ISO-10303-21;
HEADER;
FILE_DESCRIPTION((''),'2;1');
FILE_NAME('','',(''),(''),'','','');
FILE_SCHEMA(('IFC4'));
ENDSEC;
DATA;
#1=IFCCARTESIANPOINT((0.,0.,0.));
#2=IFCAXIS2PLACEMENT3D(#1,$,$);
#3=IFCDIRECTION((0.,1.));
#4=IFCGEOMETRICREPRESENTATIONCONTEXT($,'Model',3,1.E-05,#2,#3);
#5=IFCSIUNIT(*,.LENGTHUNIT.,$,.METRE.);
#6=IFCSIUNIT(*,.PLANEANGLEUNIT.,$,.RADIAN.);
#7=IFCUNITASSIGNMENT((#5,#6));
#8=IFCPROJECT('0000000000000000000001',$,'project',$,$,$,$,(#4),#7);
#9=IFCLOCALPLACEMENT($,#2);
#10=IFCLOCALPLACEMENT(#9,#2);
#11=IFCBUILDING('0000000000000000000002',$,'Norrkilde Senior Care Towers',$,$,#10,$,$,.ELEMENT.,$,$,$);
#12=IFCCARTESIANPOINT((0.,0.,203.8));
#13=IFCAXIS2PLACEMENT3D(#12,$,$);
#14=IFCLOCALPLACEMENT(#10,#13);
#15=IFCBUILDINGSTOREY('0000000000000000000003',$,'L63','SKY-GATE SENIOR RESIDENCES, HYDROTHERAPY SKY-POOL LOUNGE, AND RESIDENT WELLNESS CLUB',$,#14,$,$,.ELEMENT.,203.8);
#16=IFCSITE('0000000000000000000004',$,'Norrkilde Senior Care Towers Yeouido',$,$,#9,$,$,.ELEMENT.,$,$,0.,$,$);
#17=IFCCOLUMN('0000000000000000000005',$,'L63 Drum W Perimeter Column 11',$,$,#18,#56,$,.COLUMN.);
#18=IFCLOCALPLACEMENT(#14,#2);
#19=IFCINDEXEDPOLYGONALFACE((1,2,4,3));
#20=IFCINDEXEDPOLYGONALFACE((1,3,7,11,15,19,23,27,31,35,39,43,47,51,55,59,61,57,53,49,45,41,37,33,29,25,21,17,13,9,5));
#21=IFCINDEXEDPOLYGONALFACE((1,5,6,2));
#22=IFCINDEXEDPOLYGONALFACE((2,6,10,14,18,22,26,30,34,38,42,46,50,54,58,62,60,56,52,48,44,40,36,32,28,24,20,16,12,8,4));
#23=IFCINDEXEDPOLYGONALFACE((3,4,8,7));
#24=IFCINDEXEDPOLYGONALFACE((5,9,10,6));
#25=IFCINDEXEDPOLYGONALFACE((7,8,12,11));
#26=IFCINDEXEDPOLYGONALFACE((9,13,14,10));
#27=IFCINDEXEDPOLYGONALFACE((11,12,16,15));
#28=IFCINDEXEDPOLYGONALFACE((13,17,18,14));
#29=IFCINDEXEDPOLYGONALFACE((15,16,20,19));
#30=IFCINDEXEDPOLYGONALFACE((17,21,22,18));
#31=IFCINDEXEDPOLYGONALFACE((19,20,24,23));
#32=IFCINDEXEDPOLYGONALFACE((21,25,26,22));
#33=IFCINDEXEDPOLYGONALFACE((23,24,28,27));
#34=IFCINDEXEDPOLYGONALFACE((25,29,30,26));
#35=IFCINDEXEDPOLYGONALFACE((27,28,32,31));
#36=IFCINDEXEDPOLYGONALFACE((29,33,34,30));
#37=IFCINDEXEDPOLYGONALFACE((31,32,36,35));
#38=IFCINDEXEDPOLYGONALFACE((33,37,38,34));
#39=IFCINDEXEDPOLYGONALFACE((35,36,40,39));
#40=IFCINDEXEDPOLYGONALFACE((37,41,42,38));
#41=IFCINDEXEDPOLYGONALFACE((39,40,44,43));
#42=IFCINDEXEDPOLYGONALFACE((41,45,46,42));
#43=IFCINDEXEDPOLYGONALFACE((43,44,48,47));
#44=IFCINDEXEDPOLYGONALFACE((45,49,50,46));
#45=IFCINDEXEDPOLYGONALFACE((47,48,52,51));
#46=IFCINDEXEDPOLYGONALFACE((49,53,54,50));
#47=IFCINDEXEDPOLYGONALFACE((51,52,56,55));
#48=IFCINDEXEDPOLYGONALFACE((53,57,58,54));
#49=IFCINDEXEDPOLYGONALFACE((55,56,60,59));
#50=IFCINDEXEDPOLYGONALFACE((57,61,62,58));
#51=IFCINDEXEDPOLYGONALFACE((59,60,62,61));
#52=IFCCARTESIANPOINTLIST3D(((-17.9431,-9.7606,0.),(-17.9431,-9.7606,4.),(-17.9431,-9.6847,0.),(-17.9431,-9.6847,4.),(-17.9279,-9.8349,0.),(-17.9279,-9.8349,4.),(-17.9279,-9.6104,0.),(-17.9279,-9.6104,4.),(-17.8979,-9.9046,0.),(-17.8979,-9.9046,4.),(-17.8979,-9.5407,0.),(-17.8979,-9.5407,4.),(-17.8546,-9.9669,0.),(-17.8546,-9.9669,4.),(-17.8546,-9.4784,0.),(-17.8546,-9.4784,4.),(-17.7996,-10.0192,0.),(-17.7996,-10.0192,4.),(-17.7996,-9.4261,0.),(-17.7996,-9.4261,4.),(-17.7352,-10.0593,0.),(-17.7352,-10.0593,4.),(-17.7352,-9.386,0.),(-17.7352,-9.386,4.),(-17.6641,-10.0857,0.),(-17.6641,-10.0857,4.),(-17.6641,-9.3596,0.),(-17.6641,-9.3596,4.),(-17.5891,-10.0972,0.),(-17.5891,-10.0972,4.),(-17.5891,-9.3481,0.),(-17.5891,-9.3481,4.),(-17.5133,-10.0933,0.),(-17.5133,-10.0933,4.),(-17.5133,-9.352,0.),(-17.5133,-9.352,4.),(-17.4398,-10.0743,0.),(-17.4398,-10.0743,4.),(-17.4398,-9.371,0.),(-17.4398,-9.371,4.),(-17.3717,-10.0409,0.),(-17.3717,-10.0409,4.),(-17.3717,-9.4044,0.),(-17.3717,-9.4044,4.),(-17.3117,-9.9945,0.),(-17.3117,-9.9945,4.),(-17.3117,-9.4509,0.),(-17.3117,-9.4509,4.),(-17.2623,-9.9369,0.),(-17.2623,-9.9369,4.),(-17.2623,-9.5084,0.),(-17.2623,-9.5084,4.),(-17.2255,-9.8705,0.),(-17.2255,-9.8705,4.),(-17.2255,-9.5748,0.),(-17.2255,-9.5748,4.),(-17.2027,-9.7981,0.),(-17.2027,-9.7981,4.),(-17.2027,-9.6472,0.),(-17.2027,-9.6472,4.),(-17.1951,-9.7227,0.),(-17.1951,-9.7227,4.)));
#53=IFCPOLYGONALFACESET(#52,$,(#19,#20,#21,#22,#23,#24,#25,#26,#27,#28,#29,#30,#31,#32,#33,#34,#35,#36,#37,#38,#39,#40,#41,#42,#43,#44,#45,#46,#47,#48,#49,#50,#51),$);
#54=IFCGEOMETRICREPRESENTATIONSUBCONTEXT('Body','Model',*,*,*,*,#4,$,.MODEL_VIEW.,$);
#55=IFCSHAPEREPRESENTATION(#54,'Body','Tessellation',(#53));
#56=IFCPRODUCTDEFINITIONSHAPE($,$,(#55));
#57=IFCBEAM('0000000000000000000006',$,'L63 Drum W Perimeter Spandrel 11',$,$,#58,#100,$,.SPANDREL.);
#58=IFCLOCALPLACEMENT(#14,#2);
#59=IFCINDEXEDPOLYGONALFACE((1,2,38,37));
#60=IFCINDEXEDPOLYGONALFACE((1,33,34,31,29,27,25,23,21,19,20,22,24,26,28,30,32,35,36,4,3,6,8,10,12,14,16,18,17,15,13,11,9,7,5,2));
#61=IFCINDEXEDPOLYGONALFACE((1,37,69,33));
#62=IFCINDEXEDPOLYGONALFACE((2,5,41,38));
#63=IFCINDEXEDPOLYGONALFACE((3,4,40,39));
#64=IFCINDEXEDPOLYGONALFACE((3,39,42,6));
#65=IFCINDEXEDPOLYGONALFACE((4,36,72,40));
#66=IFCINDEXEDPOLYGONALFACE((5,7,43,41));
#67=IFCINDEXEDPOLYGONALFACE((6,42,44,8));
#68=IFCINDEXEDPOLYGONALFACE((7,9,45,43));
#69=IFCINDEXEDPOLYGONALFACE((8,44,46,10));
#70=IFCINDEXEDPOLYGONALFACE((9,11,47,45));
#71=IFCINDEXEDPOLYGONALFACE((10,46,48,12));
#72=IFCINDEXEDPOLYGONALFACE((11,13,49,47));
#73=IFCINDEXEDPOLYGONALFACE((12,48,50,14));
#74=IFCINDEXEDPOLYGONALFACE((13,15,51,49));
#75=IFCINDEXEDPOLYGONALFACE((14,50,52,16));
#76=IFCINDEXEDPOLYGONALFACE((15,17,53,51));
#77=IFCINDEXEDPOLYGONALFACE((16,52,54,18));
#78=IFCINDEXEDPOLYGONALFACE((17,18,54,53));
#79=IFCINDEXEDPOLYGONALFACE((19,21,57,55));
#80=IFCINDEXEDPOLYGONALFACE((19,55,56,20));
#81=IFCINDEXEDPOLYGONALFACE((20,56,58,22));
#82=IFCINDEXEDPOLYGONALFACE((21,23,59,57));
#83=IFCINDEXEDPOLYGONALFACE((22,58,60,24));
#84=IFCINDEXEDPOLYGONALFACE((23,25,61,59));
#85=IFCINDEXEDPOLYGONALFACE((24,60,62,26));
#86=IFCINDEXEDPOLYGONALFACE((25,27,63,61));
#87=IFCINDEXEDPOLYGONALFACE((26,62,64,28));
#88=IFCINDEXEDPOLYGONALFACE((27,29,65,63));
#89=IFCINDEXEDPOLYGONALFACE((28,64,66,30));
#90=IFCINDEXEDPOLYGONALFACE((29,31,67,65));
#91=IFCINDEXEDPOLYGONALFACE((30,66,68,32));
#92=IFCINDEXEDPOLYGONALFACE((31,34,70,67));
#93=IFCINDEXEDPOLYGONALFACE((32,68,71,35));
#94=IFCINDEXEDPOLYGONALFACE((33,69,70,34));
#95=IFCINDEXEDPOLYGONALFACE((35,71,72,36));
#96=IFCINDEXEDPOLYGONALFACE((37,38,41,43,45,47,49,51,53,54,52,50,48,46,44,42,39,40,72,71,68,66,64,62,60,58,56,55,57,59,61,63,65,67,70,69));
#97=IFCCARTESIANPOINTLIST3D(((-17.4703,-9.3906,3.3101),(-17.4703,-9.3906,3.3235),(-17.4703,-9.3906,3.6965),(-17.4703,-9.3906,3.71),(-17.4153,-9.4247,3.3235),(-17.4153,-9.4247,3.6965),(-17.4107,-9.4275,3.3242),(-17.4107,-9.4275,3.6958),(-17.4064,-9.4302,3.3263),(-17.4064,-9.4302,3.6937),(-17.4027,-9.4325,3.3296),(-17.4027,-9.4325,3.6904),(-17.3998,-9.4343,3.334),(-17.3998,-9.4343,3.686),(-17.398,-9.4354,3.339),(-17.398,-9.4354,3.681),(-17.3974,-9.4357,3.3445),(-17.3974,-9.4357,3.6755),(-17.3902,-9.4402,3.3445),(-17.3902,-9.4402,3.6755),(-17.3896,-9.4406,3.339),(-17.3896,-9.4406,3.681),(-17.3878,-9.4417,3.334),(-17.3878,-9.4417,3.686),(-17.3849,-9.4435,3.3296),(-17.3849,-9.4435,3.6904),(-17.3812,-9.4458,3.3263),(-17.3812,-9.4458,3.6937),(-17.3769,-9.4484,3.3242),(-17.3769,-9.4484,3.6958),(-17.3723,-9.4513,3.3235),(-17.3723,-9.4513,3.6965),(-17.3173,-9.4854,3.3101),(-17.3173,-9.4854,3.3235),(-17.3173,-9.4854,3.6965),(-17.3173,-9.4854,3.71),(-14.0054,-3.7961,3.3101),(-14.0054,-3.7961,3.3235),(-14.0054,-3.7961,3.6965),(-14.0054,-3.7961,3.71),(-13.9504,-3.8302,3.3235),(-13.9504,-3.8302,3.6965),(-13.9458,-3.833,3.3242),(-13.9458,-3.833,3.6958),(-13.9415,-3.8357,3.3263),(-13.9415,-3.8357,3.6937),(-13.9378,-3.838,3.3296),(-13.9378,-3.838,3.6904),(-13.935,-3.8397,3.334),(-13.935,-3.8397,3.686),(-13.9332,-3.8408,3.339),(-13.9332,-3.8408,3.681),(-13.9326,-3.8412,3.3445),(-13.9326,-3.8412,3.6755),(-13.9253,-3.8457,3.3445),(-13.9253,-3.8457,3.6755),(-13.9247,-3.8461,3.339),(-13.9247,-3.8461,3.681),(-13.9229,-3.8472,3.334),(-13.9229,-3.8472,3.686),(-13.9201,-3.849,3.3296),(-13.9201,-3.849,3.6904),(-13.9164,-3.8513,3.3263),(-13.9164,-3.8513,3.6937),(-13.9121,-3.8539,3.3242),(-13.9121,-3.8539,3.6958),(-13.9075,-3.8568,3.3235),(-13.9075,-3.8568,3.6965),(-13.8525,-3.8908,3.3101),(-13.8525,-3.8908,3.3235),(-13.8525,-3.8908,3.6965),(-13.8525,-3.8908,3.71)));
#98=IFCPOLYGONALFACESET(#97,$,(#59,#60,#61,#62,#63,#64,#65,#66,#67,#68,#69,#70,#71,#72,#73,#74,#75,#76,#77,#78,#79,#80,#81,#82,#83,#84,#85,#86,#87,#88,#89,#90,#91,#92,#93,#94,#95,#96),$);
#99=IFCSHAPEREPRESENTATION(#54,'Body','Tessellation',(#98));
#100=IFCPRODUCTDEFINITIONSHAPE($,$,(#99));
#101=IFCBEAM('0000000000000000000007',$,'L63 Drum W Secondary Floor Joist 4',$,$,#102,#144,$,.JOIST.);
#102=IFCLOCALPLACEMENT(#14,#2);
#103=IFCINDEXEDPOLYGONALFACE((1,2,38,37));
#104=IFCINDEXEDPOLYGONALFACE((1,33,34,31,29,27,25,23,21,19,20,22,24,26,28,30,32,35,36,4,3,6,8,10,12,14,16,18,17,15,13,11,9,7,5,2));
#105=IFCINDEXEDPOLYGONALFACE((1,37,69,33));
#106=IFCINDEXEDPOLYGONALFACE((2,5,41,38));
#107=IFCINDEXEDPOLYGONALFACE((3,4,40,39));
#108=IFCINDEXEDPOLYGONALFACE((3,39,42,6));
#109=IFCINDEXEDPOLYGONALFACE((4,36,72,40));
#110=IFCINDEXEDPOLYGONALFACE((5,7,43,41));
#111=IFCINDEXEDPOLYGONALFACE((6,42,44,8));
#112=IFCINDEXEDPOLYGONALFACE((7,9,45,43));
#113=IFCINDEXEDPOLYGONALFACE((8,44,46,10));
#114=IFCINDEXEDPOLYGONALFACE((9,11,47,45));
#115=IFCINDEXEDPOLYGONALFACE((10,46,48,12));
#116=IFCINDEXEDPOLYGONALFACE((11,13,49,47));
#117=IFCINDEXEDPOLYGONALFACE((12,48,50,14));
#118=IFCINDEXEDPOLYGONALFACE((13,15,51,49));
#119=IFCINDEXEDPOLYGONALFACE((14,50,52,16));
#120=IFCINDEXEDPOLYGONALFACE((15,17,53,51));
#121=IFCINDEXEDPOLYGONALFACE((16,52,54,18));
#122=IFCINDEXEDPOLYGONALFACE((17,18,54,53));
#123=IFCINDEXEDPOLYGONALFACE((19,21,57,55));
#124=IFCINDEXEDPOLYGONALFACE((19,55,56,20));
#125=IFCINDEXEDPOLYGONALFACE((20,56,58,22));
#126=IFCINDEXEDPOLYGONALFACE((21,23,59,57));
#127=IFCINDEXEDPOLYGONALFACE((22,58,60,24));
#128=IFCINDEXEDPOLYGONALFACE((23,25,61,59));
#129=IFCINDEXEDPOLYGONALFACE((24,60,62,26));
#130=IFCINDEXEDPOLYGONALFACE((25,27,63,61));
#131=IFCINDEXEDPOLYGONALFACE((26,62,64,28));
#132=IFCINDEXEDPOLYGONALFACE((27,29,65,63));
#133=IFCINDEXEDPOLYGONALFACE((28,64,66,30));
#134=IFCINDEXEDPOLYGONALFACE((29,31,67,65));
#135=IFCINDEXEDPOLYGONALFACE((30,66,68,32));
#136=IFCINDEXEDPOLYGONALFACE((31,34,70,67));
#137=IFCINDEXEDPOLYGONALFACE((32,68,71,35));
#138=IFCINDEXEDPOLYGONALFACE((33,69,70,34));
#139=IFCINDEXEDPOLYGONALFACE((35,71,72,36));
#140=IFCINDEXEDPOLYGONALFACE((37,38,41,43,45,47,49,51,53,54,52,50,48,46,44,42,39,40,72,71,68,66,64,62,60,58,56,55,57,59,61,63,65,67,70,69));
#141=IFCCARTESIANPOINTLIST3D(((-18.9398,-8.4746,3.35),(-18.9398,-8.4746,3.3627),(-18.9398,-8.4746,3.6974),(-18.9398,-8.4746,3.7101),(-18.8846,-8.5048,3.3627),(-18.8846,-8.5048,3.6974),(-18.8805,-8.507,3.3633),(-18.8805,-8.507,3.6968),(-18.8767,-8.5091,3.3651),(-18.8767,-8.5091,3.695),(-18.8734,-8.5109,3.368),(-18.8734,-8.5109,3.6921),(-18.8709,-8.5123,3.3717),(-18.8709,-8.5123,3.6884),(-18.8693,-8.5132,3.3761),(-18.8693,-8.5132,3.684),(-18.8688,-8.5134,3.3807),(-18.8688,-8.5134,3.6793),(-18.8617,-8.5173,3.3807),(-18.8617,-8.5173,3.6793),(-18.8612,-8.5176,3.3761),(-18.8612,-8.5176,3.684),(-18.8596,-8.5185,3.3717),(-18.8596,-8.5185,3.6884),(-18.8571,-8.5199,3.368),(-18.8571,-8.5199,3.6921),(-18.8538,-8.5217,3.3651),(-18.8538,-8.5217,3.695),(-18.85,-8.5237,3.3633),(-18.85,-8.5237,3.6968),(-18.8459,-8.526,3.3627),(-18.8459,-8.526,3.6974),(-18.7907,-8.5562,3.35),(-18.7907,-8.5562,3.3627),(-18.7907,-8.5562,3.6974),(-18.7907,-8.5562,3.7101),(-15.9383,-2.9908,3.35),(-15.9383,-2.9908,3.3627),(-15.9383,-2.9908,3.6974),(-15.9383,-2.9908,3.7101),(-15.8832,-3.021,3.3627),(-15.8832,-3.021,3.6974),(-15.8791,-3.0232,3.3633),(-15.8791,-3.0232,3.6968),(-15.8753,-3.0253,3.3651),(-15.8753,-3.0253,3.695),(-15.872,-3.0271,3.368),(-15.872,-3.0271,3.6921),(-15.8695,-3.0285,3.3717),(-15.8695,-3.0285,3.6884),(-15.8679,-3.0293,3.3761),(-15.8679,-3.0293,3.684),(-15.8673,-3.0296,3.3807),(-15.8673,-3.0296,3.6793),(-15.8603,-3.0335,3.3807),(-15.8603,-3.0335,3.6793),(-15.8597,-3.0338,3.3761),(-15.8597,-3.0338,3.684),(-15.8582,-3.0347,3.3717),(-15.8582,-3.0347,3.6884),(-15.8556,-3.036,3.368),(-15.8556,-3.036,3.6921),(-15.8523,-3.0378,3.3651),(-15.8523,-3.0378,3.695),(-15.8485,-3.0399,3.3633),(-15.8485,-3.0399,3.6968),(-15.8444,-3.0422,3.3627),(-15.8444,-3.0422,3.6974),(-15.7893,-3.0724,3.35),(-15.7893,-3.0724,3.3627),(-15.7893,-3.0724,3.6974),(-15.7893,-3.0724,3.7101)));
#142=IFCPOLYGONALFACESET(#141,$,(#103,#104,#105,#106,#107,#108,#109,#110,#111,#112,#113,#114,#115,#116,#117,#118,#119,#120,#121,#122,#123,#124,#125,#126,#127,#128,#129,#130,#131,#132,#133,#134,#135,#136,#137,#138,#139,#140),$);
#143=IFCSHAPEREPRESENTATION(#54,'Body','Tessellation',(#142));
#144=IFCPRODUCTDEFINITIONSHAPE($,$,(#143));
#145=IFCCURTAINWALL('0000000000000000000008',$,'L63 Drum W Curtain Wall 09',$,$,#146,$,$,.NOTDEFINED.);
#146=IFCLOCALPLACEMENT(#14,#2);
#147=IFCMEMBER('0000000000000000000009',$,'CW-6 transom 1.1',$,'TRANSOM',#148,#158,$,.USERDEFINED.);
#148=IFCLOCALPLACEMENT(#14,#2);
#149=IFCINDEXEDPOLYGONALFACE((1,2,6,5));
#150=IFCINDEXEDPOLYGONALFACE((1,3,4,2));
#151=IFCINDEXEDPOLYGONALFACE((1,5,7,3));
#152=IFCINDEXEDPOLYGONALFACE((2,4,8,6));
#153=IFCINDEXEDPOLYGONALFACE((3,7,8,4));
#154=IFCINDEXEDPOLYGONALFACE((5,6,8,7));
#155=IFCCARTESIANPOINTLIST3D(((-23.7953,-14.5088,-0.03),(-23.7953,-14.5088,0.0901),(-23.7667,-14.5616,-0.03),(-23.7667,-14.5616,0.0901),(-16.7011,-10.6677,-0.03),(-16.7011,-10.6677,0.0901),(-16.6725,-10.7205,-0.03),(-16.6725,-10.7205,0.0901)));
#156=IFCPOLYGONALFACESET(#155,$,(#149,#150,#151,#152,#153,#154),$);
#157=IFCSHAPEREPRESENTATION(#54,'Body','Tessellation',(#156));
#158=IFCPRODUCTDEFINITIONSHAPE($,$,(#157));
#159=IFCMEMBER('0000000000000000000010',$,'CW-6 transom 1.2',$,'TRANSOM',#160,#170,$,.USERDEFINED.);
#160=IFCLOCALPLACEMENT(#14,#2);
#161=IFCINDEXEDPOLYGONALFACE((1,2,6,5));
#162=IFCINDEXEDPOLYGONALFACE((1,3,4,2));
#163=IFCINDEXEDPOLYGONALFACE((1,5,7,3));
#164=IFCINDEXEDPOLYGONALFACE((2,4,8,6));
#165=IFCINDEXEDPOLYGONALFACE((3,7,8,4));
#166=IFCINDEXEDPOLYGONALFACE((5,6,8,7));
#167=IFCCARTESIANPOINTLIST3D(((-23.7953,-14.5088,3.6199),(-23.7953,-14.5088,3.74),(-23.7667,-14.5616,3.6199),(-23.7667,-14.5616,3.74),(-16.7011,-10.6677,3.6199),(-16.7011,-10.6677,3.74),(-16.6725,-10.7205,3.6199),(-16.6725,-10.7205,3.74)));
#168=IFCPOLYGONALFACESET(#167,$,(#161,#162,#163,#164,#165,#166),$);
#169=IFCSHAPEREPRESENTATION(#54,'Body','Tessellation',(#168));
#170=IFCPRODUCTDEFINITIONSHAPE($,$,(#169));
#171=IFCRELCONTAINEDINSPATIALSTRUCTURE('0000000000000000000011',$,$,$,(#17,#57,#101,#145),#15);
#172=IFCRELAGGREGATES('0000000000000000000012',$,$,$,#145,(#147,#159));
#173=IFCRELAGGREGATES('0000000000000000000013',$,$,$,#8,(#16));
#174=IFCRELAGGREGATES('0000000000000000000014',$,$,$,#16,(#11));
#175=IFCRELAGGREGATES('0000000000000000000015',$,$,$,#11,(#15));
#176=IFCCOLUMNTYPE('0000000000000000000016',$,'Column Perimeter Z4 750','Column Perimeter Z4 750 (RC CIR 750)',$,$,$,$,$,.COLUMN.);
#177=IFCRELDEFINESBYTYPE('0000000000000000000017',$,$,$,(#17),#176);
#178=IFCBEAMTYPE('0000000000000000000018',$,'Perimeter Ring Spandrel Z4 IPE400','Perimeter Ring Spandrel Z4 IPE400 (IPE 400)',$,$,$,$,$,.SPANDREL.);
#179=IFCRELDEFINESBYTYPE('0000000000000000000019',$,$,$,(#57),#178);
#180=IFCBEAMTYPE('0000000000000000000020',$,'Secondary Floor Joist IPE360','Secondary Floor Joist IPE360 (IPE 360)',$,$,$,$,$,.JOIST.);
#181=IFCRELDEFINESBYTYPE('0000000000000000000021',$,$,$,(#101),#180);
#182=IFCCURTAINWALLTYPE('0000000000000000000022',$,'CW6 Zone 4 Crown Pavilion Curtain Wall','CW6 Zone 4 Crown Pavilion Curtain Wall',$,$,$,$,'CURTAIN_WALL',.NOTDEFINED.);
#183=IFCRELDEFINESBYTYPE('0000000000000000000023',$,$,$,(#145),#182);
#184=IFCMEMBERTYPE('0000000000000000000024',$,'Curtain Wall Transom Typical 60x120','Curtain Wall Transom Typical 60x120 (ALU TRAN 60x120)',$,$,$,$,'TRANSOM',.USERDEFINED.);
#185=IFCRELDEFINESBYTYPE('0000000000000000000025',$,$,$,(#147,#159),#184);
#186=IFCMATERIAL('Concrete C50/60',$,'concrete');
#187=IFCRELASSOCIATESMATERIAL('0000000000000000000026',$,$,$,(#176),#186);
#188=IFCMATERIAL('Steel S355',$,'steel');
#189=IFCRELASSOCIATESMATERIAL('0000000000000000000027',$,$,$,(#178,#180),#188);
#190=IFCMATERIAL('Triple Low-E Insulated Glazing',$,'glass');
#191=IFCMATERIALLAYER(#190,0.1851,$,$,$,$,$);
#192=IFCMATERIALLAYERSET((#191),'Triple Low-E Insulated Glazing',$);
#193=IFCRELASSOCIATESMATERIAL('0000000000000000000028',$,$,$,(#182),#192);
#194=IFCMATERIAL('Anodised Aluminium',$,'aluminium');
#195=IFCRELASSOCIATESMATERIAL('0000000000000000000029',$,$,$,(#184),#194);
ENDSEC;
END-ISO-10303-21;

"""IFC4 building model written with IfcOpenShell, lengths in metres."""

from ifc_helpers import new_model, si_unit, direction, frame, origin, origin_2d, place, context, subcontext, project, spatial, rectangle, circle, i_section, extrude, source, transform, mapped, material, layer, layer_set, material_profile, profile_set, type_object, type_shapes, element, aggregate, save


model = new_model("IFC4")

# Units and contexts
model_context = context("Model", 3, precision=1e-05, world=origin(), true_north=direction((0.0, 1.0)))
body_context = subcontext(model_context, "Body", "Model", "MODEL_VIEW")
ifc_project = project(units=[si_unit("LENGTHUNIT", "METRE"), si_unit("PLANEANGLEUNIT", "RADIAN")], contexts=[model_context])

# Site, building, storey
site_placement = place(None, origin())
site = spatial("IfcSite", under=ifc_project, at=site_placement, Name="Norrkilde Senior Care Towers Yeouido", CompositionType="ELEMENT", RefElevation=0.0)
building_placement = place(site_placement, origin())
building = spatial("IfcBuilding", under=site, at=building_placement, Name="Norrkilde Senior Care Towers", CompositionType="ELEMENT")
storey_placement = place(building_placement, frame((0.0, 0.0, 203.8)))
storey = spatial("IfcBuildingStorey", under=building, at=storey_placement, Name="L63", Description="SKY-GATE SENIOR RESIDENCES, HYDROTHERAPY SKY-POOL LOUNGE, AND RESIDENT WELLNESS CLUB", CompositionType="ELEMENT", Elevation=203.8)

# Column
ifc_material_1 = material(Name="Concrete C50/60", Category="concrete")
ifc_material_profile_1 = material_profile(ifc_material_1, circle(Radius=0.375, at=origin_2d()), Name="RC CIR 750")
ifc_profile_set_1 = profile_set([ifc_material_profile_1], Name="Concrete C50/60")
column_type = type_object("IfcColumnType", Name="Column Perimeter Z4 750", Description="Column Perimeter Z4 750 (RC CIR 750)", PredefinedType="COLUMN", material=ifc_profile_set_1)
shared_shape_1 = source(origin(), body_context, "Body", "SweptSolid", [
    extrude(circle(Radius=0.375, at=origin_2d()), origin(), (0.0, 0.0, 1.0), 4.0),
])
type_shapes(column_type, [shared_shape_1])
column_placement = place(storey_placement, frame((-17.5701, -9.7227, 0.0), z_axis=(0.0, 0.0, 1.0), x_axis=(1.0, 0.0, 0.0)))
element("IfcColumn", 1, at=column_placement, inside=storey, type_object=column_type, Name="L63 Drum W Perimeter Column 11", PredefinedType="COLUMN", context=body_context, shape_type="MappedRepresentation", body=[
    mapped(shared_shape_1, transform((0.0, 0.0, 0.0), x_axis=(1.0, 0.0, 0.0), y_axis=(0.0, 1.0, 0.0), z_axis=(0.0, 0.0, 1.0), scale=1.0)),
])

# Beams
ifc_material_2 = material(Name="Steel S355", Category="steel")
ifc_material_profile_2 = material_profile(ifc_material_2, i_section(OverallWidth=0.1799, OverallDepth=0.3999, WebThickness=0.0085, FlangeThickness=0.0134, FilletRadius=0.021, at=origin_2d()), Name="IPE 400")
ifc_profile_set_2 = profile_set([ifc_material_profile_2], Name="Steel S355")
beam_type_1 = type_object("IfcBeamType", Name="Perimeter Ring Spandrel Z4 IPE400", Description="Perimeter Ring Spandrel Z4 IPE400 (IPE 400)", PredefinedType="SPANDREL", material=ifc_profile_set_2)
shared_shape_2 = source(origin(), body_context, "Body", "SweptSolid", [
    extrude(i_section(OverallWidth=0.1799, OverallDepth=0.3999, WebThickness=0.0085, FlangeThickness=0.0134, FilletRadius=0.021, at=origin_2d()), origin(), (0.0, 0.0, 1.0), 6.5806),
])
type_shapes(beam_type_1, [shared_shape_2])
beam_1_placement = place(storey_placement, frame((-17.3938, -9.438, 3.51), z_axis=(0.52653, 0.850157, 0.0), x_axis=(-0.850157, 0.52653, 0.0)))
element("IfcBeam", 2, at=beam_1_placement, inside=storey, type_object=beam_type_1, Name="L63 Drum W Perimeter Spandrel 11", PredefinedType="SPANDREL", context=body_context, shape_type="MappedRepresentation", body=[
    mapped(shared_shape_2, transform((0.0, 0.0, 0.0), x_axis=(1.0, 0.0, 0.0), y_axis=(0.0, 1.0, 0.0), z_axis=(0.0, 0.0, 1.0), scale=1.0)),
])
ifc_material_profile_3 = material_profile(ifc_material_2, i_section(OverallWidth=0.1699, OverallDepth=0.3601, WebThickness=0.0081, FlangeThickness=0.0127, FilletRadius=0.0181, at=origin_2d()), Name="IPE 360")
ifc_profile_set_3 = profile_set([ifc_material_profile_3], Name="Steel S355")
beam_type_2 = type_object("IfcBeamType", Name="Secondary Floor Joist IPE360", Description="Secondary Floor Joist IPE360 (IPE 360)", PredefinedType="JOIST", material=ifc_profile_set_3)
shared_shape_3 = source(origin(), body_context, "Body", "SweptSolid", [
    extrude(i_section(OverallWidth=0.1699, OverallDepth=0.3601, WebThickness=0.0081, FlangeThickness=0.0127, FilletRadius=0.0181, at=origin_2d()), origin(), (0.0, 0.0, 1.0), 6.2515),
])
type_shapes(beam_type_2, [shared_shape_3])
beam_2_placement = place(storey_placement, frame((-18.8652, -8.5154, 3.53), z_axis=(0.480116, 0.877205, 0.0), x_axis=(-0.877205, 0.480116, 0.0)))
element("IfcBeam", 3, at=beam_2_placement, inside=storey, type_object=beam_type_2, Name="L63 Drum W Secondary Floor Joist 4", PredefinedType="JOIST", context=body_context, shape_type="MappedRepresentation", body=[
    mapped(shared_shape_3, transform((0.0, 0.0, 0.0), x_axis=(1.0, 0.0, 0.0), y_axis=(0.0, 1.0, 0.0), z_axis=(0.0, 0.0, 1.0), scale=1.0)),
])

# Curtain wall, members
ifc_material_3 = material(Name="Triple Low-E Insulated Glazing", Category="glass")
ifc_layer_1 = layer(ifc_material_3, 0.1851)
ifc_layer_set_1 = layer_set([ifc_layer_1], Name="Triple Low-E Insulated Glazing")
curtain_wall_type_1 = type_object("IfcCurtainWallType", Name="CW6 Zone 4 Crown Pavilion Curtain Wall", Description="CW6 Zone 4 Crown Pavilion Curtain Wall", ElementType="CURTAIN_WALL", PredefinedType="NOTDEFINED", material=ifc_layer_set_1)
curtain_wall_1_placement = place(storey_placement, origin())
curtain_wall_1 = element("IfcCurtainWall", 4, at=curtain_wall_1_placement, inside=storey, type_object=curtain_wall_type_1, Name="L63 Drum W Curtain Wall 09", PredefinedType="NOTDEFINED")
ifc_material_4 = material(Name="Anodised Aluminium", Category="aluminium")
ifc_material_profile_4 = material_profile(ifc_material_4, rectangle(XDim=0.0601, YDim=0.1201, at=origin_2d()), Name="ALU TRAN 60x120")
ifc_profile_set_4 = profile_set([ifc_material_profile_4], Name="Anodised Aluminium")
member_type_1 = type_object("IfcMemberType", Name="Curtain Wall Transom Typical 60x120", Description="Curtain Wall Transom Typical 60x120 (ALU TRAN 60x120)", ElementType="TRANSOM", PredefinedType="USERDEFINED", material=ifc_profile_set_4)
shared_shape_4 = source(origin(), body_context, "Body", "SweptSolid", [
    extrude(rectangle(XDim=0.0601, YDim=0.1201, at=origin_2d()), origin(), (0.0, 0.0, 1.0), 8.0674),
])
type_shapes(member_type_1, [shared_shape_4])
member_1_placement = place(storey_placement, frame((-16.6868, -10.6941, 0.03), z_axis=(-0.879378, -0.476125, 0.0), x_axis=(0.476125, -0.879378, 0.0)))
member_1 = element("IfcMember", 5, at=member_1_placement, type_object=member_type_1, Name="CW-6 transom 1.1", ObjectType="TRANSOM", PredefinedType="USERDEFINED", context=body_context, shape_type="MappedRepresentation", body=[
    mapped(shared_shape_4, transform((0.0, 0.0, 0.0), x_axis=(1.0, 0.0, 0.0), y_axis=(0.0, 1.0, 0.0), z_axis=(0.0, 0.0, 1.0), scale=1.0)),
])
member_2_placement = place(storey_placement, frame((-16.6868, -10.6941, 3.6799), z_axis=(-0.879378, -0.476125, 0.0), x_axis=(0.476125, -0.879378, 0.0)))
member_2 = element("IfcMember", 6, at=member_2_placement, type_object=member_type_1, Name="CW-6 transom 1.2", ObjectType="TRANSOM", PredefinedType="USERDEFINED", context=body_context, shape_type="MappedRepresentation", body=[
    mapped(shared_shape_4, transform((0.0, 0.0, 0.0), x_axis=(1.0, 0.0, 0.0), y_axis=(0.0, 1.0, 0.0), z_axis=(0.0, 0.0, 1.0), scale=1.0)),
])

aggregate(curtain_wall_1, [member_1, member_2])

save(model, "model.ifc")
